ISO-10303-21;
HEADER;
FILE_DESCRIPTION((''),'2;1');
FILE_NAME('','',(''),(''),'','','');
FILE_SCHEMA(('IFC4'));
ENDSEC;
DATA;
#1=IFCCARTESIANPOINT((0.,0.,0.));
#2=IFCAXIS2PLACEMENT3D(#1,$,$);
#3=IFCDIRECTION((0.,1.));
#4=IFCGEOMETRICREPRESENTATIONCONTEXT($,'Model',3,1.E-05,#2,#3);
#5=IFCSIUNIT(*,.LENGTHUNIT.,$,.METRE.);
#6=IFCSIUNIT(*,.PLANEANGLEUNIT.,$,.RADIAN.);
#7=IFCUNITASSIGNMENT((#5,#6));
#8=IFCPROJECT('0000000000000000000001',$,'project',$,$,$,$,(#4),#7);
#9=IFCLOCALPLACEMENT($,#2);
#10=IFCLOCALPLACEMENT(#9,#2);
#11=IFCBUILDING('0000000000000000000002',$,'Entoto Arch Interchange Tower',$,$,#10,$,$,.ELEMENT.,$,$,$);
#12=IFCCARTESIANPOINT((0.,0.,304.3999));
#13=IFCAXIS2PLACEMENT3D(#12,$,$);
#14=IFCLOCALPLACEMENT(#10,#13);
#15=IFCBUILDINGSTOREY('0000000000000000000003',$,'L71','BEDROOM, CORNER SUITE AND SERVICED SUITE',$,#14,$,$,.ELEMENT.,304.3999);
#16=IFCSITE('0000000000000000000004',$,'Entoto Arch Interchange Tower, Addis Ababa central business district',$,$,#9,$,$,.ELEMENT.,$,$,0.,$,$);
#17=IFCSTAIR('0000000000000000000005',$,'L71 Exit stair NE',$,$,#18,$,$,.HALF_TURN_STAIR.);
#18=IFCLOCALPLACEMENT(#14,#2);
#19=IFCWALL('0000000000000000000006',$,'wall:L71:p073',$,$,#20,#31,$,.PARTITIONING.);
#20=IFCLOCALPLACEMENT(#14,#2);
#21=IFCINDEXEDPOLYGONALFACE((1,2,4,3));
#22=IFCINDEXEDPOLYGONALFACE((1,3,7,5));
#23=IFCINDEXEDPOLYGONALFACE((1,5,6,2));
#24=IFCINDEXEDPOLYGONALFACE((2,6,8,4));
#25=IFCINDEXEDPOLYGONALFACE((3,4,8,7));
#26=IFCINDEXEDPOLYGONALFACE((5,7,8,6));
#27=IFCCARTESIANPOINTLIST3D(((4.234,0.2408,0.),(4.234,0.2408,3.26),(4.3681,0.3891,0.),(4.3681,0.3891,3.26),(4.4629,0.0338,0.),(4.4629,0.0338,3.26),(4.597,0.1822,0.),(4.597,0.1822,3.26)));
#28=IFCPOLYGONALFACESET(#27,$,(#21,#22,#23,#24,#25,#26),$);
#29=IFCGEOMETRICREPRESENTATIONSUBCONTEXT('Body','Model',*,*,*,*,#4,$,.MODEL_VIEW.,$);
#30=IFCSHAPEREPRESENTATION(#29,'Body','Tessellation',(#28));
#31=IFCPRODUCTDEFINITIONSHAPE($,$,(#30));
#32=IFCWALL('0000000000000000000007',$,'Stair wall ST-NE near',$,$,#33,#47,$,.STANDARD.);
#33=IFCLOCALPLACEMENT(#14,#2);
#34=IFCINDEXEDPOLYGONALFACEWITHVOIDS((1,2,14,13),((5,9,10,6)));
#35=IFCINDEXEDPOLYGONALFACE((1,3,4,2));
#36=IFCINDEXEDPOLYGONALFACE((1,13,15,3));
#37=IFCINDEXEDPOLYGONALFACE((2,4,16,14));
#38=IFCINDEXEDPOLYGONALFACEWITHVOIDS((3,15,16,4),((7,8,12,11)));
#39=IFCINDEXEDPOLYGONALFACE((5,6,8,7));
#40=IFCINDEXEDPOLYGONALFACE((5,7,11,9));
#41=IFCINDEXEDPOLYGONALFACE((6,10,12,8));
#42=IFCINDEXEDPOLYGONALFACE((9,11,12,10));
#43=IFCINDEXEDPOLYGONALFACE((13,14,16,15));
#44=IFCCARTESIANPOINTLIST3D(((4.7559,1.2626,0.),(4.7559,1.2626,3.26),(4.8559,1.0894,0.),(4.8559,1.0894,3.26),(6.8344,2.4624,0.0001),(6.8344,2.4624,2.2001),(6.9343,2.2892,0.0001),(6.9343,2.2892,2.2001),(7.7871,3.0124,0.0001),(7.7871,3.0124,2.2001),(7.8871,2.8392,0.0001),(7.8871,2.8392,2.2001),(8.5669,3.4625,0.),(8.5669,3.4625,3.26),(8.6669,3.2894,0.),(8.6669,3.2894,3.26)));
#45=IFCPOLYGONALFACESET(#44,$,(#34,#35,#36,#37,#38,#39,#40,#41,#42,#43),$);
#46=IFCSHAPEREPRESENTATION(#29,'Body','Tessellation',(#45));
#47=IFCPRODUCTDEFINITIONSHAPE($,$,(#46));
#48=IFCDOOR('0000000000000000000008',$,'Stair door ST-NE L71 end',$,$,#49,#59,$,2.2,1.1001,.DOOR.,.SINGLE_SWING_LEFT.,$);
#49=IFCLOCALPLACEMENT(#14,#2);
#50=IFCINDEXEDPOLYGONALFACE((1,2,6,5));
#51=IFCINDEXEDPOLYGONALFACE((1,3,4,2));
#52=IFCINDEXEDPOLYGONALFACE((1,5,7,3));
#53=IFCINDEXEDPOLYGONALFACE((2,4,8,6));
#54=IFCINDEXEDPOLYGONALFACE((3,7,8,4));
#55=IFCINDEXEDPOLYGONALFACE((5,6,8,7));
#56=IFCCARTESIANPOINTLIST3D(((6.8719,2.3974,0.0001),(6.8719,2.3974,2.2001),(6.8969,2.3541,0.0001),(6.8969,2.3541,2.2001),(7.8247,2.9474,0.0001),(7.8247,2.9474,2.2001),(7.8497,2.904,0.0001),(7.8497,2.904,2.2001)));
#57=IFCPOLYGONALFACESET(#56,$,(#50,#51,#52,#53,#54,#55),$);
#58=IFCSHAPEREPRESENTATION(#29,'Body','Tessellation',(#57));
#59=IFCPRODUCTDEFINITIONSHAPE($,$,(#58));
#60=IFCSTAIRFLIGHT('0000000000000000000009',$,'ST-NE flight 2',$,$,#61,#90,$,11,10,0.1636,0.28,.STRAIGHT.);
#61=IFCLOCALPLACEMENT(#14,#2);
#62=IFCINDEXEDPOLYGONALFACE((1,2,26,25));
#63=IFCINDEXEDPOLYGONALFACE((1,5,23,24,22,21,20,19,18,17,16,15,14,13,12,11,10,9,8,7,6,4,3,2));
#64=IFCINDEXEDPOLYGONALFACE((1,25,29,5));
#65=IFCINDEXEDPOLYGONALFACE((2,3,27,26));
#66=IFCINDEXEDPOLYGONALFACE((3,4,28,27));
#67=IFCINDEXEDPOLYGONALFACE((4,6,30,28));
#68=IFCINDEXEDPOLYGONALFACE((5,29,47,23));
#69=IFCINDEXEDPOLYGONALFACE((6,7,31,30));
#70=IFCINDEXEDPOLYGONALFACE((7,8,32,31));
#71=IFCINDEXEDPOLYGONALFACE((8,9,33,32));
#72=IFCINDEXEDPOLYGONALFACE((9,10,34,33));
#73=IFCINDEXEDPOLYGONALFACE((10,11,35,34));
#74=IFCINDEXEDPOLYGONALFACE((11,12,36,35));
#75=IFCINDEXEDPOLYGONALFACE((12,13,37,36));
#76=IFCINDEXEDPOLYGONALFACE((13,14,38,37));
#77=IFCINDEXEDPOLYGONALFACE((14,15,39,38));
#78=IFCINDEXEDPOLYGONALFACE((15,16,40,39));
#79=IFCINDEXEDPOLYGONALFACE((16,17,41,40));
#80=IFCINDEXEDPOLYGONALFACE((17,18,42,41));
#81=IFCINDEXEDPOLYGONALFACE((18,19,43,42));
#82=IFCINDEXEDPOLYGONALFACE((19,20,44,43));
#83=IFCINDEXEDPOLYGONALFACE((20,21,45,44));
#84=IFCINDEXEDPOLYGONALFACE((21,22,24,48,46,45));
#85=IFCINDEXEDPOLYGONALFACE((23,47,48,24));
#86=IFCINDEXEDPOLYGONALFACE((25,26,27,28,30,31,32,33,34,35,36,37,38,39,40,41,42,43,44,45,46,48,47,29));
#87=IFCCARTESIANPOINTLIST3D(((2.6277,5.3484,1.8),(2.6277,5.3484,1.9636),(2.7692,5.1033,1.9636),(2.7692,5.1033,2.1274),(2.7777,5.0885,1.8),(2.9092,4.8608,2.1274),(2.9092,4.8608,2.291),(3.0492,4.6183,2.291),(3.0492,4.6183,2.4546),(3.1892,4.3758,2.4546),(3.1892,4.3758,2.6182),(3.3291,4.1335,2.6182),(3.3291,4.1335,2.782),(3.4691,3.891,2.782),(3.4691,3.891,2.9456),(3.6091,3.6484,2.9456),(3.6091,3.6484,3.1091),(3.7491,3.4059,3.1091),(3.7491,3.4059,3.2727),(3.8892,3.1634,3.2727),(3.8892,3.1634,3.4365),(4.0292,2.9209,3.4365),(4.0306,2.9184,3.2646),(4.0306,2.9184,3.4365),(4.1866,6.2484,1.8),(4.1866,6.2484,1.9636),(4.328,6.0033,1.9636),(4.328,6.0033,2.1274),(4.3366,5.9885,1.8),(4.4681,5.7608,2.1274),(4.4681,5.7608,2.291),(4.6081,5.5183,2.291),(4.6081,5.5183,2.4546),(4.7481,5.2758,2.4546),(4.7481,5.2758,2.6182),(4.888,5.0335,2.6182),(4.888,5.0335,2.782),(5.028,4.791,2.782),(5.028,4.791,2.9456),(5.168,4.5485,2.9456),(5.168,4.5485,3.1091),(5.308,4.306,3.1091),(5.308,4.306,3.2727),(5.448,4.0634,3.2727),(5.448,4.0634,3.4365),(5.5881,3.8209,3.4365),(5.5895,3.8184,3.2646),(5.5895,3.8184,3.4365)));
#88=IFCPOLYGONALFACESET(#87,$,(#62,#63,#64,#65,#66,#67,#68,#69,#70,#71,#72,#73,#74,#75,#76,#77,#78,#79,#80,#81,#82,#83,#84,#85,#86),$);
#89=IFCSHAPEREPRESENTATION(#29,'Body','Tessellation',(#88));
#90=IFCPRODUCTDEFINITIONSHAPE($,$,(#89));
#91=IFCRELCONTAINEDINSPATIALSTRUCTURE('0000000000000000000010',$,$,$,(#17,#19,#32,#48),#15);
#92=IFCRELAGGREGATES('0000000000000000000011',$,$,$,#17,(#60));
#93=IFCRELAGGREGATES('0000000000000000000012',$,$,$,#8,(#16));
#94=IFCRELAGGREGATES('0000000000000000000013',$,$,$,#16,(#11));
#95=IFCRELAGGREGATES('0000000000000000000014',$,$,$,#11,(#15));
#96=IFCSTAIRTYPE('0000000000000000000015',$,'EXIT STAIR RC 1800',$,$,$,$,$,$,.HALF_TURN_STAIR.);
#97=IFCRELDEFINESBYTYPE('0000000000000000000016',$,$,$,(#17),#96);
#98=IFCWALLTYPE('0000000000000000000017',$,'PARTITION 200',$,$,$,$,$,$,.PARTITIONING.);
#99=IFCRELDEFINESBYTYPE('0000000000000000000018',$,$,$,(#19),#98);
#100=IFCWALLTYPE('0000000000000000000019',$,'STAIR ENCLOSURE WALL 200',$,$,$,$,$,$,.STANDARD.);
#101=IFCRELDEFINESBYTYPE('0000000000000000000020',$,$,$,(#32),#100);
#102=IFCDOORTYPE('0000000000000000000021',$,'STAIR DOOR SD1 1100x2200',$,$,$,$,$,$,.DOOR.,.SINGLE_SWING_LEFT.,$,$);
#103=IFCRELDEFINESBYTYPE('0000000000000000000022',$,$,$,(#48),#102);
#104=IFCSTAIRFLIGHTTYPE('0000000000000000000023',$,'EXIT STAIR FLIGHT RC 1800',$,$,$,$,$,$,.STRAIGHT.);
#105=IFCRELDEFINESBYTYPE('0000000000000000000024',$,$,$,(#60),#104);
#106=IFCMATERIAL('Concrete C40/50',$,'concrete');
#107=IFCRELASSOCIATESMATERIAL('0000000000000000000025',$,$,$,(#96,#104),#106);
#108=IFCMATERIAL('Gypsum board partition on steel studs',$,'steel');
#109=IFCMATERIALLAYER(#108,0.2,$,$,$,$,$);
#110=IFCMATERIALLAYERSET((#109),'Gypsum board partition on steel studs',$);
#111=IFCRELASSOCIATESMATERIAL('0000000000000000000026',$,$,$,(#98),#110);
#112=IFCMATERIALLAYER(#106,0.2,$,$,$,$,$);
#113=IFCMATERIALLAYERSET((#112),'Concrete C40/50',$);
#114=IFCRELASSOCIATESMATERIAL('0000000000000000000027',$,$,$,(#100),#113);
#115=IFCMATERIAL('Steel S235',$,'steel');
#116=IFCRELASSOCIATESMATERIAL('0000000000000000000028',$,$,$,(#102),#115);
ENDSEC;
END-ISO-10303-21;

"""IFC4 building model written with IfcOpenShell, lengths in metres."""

from ifc_helpers import new_model, si_unit, direction, frame, frame_2d, origin, place, context, subcontext, project, spatial, polyline, rectangle, outline, extrude, material, layer, layer_set, type_object, element, fill, aggregate, save


model = new_model("IFC4")

# Units and contexts
model_context = context("Model", 3, precision=1e-05, world=origin(), true_north=direction((0.0, 1.0)))
body_context = subcontext(model_context, "Body", "Model", "MODEL_VIEW")
ifc_project = project(units=[si_unit("LENGTHUNIT", "METRE"), si_unit("PLANEANGLEUNIT", "RADIAN")], contexts=[model_context])

# Site, building, storey
site_placement = place(None, origin())
site = spatial("IfcSite", under=ifc_project, at=site_placement, Name="Entoto Arch Interchange Tower, Addis Ababa central business district", CompositionType="ELEMENT", RefElevation=0.0)
building_placement = place(site_placement, origin())
building = spatial("IfcBuilding", under=site, at=building_placement, Name="Entoto Arch Interchange Tower", CompositionType="ELEMENT")
storey_placement = place(building_placement, frame((0.0, 0.0, 304.3999)))
storey = spatial("IfcBuildingStorey", under=building, at=storey_placement, Name="L71", Description="BEDROOM, CORNER SUITE AND SERVICED SUITE", CompositionType="ELEMENT", Elevation=304.3999)

# Stair
ifc_material_1 = material(Name="Concrete C40/50", Category="concrete")
stair_type = type_object("IfcStairType", Name="EXIT STAIR RC 1800", PredefinedType="HALF_TURN_STAIR", material=ifc_material_1)
stair_1_placement = place(storey_placement, origin())
stair_1 = element("IfcStair", 1, at=stair_1_placement, inside=storey, type_object=stair_type, Name="L71 Exit stair NE", PredefinedType="HALF_TURN_STAIR")

# Shared definitions
ifc_material_2 = material(Name="Gypsum board partition on steel studs", Category="steel")
ifc_layer_1 = layer(ifc_material_2, 0.2)
ifc_layer_set_1 = layer_set([ifc_layer_1], Name="Gypsum board partition on steel studs")
wall_type_1 = type_object("IfcWallType", Name="PARTITION 200", PredefinedType="PARTITIONING", material=ifc_layer_set_1)

# Wall
wall_1_placement = place(storey_placement, frame((4.301, 0.3149, 0.0), z_axis=(0.0, 0.0, 1.0), x_axis=(0.741798, -0.670623, 0.0)))
element("IfcWall", 2, at=wall_1_placement, inside=storey, type_object=wall_type_1, Name="wall:L71:p073", PredefinedType="PARTITIONING", context=body_context, shape_type="SweptSolid", body=[
    extrude(rectangle(XDim=0.3086, YDim=0.2, at=frame_2d((0.1543, 0.0))), origin(), (0.0, 0.0, 1.0), 3.26),
])

# Wall, opening, door
ifc_layer_2 = layer(ifc_material_1, 0.2)
ifc_layer_set_2 = layer_set([ifc_layer_2], Name="Concrete C40/50")
wall_type_2 = type_object("IfcWallType", Name="STAIR ENCLOSURE WALL 200", PredefinedType="STANDARD", material=ifc_layer_set_2)
wall_2_placement = place(storey_placement, frame((4.8059, 1.176, 0.0), z_axis=(0.0, 0.0, 1.0), x_axis=(0.86606, 0.49994, 0.0)))
wall_2 = element("IfcWall", 3, at=wall_2_placement, inside=storey, type_object=wall_type_2, Name="Stair wall ST-NE near", PredefinedType="STANDARD", context=body_context, shape_type="SweptSolid", body=[
    extrude(rectangle(XDim=4.4004, YDim=0.2, at=frame_2d((2.2002, 0.0))), origin(), (0.0, 0.0, 1.0), 3.26),
])
opening_1_placement = place(wall_2_placement, frame((2.3999, 0.0, 0.0)))
opening_1 = element("IfcOpeningElement", 4, at=opening_1_placement, cuts=wall_2, PredefinedType="OPENING", context=body_context, shape_type="SweptSolid", body=[
    extrude(rectangle(XDim=1.1001, YDim=2.2, at=frame_2d((0.55, 1.1001))), frame((0.0, 0.1099, 0.0), z_axis=(0.0, -1.0, 0.0), x_axis=(1.0, 0.0, 0.0)), (0.0, 0.0, 1.0), 0.22),
])
ifc_material_3 = material(Name="Steel S235", Category="steel")
door_type_1 = type_object("IfcDoorType", Name="STAIR DOOR SD1 1100x2200", OperationType="SINGLE_SWING_LEFT", PredefinedType="DOOR", material=ifc_material_3)
door_1_placement = place(opening_1_placement, origin())
door_1 = element("IfcDoor", 5, at=door_1_placement, inside=storey, type_object=door_type_1, Name="Stair door ST-NE L71 end", OperationType="SINGLE_SWING_LEFT", OverallHeight=2.2, OverallWidth=1.1001, PredefinedType="DOOR", context=body_context, shape_type="SweptSolid", body=[
    extrude(rectangle(XDim=1.1001, YDim=2.2, at=frame_2d((0.55, 1.1001))), frame((0.0, 0.0249, 0.0), z_axis=(0.0, -1.0, 0.0), x_axis=(1.0, 0.0, 0.0)), (0.0, 0.0, 1.0), 0.05),
])
fill(opening_1, door_1)

# Stair flight
stair_flight_type = type_object("IfcStairFlightType", Name="EXIT STAIR FLIGHT RC 1800", PredefinedType="STRAIGHT", material=ifc_material_1)
stair_flight_placement = place(storey_placement, frame((3.4087, 5.7959, 1.8), z_axis=(0.0, 0.0, 1.0), x_axis=(0.5, -0.866025, 0.0)))
stair_flight = element("IfcStairFlight", 6, at=stair_flight_placement, type_object=stair_flight_type, Name="ST-NE flight 2", NumberOfRisers=11, NumberOfTreads=10, PredefinedType="STRAIGHT", RiserHeight=0.1636, TreadLength=0.28, context=body_context, shape_type="SweptSolid", body=[
    extrude(outline(polyline([(-0.0029, 0.0), (-0.0029, 0.1636), (0.28, 0.1636), (0.28, 0.3274), (0.5601, 0.3274), (0.5601, 0.491), (0.8401, 0.491), (0.8401, 0.6545), (1.1201, 0.6545), (1.1201, 0.8181), (1.3999, 0.8181), (1.3999, 0.9819), (1.6799, 0.9819), (1.6799, 1.1455), (1.96, 1.1455), (1.96, 1.3091), (2.24, 1.3091), (2.24, 1.4727), (2.52, 1.4727), (2.52, 1.6365), (2.8, 1.6365), (2.803, 1.6365), (2.803, 1.4646), (0.2971, 0.0), (-0.0029, 0.0)])), frame((0.0, 0.8999, 0.0), z_axis=(0.0, -1.0, 0.0), x_axis=(1.0, 0.0, 0.0)), (0.0, 0.0, 1.0), 1.8),
])
aggregate(stair_1, [stair_flight])

save(model, "model.ifc")
